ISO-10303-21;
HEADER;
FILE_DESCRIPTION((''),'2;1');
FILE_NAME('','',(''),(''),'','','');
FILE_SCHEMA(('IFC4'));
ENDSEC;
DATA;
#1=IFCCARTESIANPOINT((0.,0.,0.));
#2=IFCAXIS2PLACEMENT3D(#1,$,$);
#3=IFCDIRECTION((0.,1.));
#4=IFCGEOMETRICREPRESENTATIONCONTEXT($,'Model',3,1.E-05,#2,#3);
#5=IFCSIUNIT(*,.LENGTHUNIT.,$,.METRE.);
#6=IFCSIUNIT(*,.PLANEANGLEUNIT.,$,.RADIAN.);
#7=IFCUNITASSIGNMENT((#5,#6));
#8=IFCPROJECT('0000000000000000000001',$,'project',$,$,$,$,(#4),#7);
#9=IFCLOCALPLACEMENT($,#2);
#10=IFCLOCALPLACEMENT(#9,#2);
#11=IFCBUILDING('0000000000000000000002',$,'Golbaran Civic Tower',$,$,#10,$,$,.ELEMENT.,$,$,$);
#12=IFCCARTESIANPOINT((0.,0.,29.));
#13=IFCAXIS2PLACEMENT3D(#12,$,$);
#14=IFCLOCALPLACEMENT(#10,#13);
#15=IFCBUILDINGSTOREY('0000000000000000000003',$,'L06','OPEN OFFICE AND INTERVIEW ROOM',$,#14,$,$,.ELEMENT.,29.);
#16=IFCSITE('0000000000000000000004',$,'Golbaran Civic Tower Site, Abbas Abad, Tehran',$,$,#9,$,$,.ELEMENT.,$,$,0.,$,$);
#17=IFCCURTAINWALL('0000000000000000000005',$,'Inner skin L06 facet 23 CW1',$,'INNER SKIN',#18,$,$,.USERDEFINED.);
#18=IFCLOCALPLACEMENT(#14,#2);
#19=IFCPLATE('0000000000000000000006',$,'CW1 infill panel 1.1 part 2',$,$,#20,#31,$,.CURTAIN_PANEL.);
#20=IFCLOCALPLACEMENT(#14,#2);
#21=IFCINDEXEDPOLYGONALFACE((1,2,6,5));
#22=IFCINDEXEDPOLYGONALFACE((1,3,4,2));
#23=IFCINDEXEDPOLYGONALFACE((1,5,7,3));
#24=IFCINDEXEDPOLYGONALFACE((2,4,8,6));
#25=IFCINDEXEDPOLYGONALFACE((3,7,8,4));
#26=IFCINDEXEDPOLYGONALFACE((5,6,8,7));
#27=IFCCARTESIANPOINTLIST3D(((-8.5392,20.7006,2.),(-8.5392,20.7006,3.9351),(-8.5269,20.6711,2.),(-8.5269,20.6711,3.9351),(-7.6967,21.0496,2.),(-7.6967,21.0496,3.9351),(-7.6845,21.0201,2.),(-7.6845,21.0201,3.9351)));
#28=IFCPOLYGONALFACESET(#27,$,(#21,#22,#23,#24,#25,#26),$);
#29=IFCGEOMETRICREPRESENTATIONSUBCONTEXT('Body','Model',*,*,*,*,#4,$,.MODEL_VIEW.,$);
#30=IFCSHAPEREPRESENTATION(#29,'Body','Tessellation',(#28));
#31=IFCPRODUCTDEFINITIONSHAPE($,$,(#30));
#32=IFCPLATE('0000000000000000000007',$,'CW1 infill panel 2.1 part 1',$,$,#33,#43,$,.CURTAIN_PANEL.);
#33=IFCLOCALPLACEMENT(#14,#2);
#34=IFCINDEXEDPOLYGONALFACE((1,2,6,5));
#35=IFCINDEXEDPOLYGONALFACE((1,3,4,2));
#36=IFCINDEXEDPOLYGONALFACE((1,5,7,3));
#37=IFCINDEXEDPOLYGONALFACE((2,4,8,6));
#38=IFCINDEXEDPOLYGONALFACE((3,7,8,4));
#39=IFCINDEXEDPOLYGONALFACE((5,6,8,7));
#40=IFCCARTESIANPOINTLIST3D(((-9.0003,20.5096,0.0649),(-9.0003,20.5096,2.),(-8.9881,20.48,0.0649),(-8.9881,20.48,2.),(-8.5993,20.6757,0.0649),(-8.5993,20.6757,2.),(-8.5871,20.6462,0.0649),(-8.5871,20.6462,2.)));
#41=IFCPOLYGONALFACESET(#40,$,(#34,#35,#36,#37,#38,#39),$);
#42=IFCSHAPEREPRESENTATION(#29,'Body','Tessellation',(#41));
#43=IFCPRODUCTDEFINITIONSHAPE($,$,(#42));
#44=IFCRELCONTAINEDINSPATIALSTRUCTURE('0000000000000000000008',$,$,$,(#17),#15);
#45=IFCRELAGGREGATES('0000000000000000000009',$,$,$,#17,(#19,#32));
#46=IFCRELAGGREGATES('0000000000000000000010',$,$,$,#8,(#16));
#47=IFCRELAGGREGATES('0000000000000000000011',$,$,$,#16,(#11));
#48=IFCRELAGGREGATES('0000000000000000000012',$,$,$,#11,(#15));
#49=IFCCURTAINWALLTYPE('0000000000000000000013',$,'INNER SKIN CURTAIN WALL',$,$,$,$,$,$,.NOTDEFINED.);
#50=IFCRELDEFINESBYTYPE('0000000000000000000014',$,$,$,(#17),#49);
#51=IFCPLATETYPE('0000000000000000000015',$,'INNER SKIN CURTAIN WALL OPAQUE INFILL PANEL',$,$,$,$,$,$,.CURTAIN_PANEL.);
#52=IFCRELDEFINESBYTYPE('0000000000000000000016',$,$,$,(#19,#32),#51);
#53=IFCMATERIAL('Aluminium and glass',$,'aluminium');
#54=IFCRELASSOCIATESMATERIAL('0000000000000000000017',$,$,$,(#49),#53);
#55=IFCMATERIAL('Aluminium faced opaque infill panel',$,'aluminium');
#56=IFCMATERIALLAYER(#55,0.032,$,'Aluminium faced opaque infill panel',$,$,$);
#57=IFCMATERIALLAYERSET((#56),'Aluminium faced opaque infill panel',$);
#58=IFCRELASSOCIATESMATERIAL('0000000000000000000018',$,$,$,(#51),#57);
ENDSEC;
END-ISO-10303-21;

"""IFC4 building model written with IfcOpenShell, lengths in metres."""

from ifc_helpers import new_model, si_unit, direction, frame, origin, origin_2d, place, context, subcontext, project, spatial, rectangle, extrude, material, layer, layer_set, type_object, element, aggregate, save


model = new_model("IFC4")

# Units and contexts
model_context = context("Model", 3, precision=1e-05, world=origin(), true_north=direction((0.0, 1.0)))
body_context = subcontext(model_context, "Body", "Model", "MODEL_VIEW")
ifc_project = project(units=[si_unit("LENGTHUNIT", "METRE"), si_unit("PLANEANGLEUNIT", "RADIAN")], contexts=[model_context])

# Site, building, storey
site_placement = place(None, origin())
site = spatial("IfcSite", under=ifc_project, at=site_placement, Name="Golbaran Civic Tower Site, Abbas Abad, Tehran", CompositionType="ELEMENT", RefElevation=0.0)
building_placement = place(site_placement, origin())
building = spatial("IfcBuilding", under=site, at=building_placement, Name="Golbaran Civic Tower", CompositionType="ELEMENT")
storey_placement = place(building_placement, frame((0.0, 0.0, 29.0)))
storey = spatial("IfcBuildingStorey", under=building, at=storey_placement, Name="L06", Description="OPEN OFFICE AND INTERVIEW ROOM", CompositionType="ELEMENT", Elevation=29.0)

# Shared definitions
ifc_material_1 = material(Name="Aluminium and glass", Category="aluminium")
curtain_wall_type = type_object("IfcCurtainWallType", Name="INNER SKIN CURTAIN WALL", PredefinedType="NOTDEFINED", material=ifc_material_1)

# Curtain wall
curtain_wall_1_placement = place(storey_placement, origin())
curtain_wall_1 = element("IfcCurtainWall", 1, at=curtain_wall_1_placement, inside=storey, type_object=curtain_wall_type, Name="Inner skin L06 facet 23 CW1", ObjectType="INNER SKIN", PredefinedType="USERDEFINED")

# Plates
ifc_material_2 = material(Name="Aluminium faced opaque infill panel", Category="aluminium")
ifc_layer_1 = layer(ifc_material_2, 0.032, Name="Aluminium faced opaque infill panel")
ifc_layer_set_1 = layer_set([ifc_layer_1], Name="Aluminium faced opaque infill panel")
plate_type_1 = type_object("IfcPlateType", Name="INNER SKIN CURTAIN WALL OPAQUE INFILL PANEL", PredefinedType="CURTAIN_PANEL", material=ifc_layer_set_1)
plate_1_placement = place(storey_placement, frame((-8.1118, 20.8604, 2.0), z_axis=(0.0, 0.0, 1.0), x_axis=(-0.92388, -0.382683, 0.0)))
plate_1 = element("IfcPlate", 2, at=plate_1_placement, type_object=plate_type_1, Name="CW1 infill panel 1.1 part 2", PredefinedType="CURTAIN_PANEL", context=body_context, shape_type="SweptSolid", body=[
    extrude(rectangle(XDim=0.9119, YDim=0.032, at=origin_2d()), origin(), (0.0, 0.0, 1.0), 1.9351),
])
plate_2_placement = place(storey_placement, frame((-8.7937, 20.5779, 0.0649), z_axis=(0.0, 0.0, 1.0), x_axis=(-0.92388, -0.382683, 0.0)))
plate_2 = element("IfcPlate", 3, at=plate_2_placement, type_object=plate_type_1, Name="CW1 infill panel 2.1 part 1", PredefinedType="CURTAIN_PANEL", context=body_context, shape_type="SweptSolid", body=[
    extrude(rectangle(XDim=0.4341, YDim=0.032, at=origin_2d()), origin(), (0.0, 0.0, 1.0), 1.9351),
])
aggregate(curtain_wall_1, [plate_1, plate_2])

save(model, "model.ifc")
